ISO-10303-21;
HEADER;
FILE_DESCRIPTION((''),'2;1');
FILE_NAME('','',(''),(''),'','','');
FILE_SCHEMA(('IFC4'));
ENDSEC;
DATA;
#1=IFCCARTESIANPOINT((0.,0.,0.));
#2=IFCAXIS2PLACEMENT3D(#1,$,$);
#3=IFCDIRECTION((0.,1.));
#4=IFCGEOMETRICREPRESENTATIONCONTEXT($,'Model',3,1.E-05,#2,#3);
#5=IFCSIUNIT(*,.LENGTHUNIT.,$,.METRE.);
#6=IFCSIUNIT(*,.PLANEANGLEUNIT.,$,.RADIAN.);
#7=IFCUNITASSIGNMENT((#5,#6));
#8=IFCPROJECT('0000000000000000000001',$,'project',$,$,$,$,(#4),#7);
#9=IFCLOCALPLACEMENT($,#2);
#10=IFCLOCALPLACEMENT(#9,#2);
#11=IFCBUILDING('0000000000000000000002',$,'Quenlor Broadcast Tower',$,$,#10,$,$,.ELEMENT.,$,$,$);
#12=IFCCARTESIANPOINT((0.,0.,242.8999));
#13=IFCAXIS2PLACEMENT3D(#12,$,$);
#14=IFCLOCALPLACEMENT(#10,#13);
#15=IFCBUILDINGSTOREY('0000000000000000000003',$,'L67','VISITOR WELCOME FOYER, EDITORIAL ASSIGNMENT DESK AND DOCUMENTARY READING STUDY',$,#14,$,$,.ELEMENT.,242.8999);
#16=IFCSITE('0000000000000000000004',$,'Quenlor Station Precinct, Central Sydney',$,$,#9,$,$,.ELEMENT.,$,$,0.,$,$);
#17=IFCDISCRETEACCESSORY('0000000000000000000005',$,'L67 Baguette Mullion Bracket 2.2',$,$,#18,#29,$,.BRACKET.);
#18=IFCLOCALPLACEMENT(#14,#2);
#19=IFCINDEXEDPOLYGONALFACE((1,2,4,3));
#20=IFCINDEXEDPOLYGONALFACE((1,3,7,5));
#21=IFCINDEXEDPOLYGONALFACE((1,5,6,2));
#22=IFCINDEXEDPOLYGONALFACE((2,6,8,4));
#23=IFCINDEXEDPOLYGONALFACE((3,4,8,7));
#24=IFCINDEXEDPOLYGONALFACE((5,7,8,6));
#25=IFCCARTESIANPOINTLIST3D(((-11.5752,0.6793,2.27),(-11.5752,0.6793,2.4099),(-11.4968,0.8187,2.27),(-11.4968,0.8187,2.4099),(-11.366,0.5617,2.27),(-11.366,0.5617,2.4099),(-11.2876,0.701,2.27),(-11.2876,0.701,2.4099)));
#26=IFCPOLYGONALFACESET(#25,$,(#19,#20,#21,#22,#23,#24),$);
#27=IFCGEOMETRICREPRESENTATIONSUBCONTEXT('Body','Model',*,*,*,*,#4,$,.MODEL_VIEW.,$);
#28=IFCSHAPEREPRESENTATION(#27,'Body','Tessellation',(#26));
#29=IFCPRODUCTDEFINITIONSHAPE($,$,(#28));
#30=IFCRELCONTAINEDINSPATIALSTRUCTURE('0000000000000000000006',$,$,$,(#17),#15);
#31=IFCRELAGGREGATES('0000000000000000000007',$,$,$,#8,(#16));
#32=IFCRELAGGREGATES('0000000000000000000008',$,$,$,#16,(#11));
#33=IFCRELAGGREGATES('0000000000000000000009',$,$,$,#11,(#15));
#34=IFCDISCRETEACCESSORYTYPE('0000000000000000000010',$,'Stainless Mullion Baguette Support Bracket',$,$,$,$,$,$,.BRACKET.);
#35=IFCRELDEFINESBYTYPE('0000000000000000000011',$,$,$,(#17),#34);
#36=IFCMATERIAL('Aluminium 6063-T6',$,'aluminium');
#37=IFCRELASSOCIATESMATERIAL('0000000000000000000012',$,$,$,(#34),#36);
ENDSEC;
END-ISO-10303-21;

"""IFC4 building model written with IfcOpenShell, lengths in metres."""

from ifc_helpers import new_model, si_unit, direction, frame, origin, origin_2d, place, context, subcontext, project, spatial, rectangle, extrude, material, type_object, element, save


model = new_model("IFC4")

# Units and contexts
model_context = context("Model", 3, precision=1e-05, world=origin(), true_north=direction((0.0, 1.0)))
body_context = subcontext(model_context, "Body", "Model", "MODEL_VIEW")
ifc_project = project(units=[si_unit("LENGTHUNIT", "METRE"), si_unit("PLANEANGLEUNIT", "RADIAN")], contexts=[model_context])

# Site, building, storey
site_placement = place(None, origin())
site = spatial("IfcSite", under=ifc_project, at=site_placement, Name="Quenlor Station Precinct, Central Sydney", CompositionType="ELEMENT", RefElevation=0.0)
building_placement = place(site_placement, origin())
building = spatial("IfcBuilding", under=site, at=building_placement, Name="Quenlor Broadcast Tower", CompositionType="ELEMENT")
storey_placement = place(building_placement, frame((0.0, 0.0, 242.8999)))
storey = spatial("IfcBuildingStorey", under=building, at=storey_placement, Name="L67", Description="VISITOR WELCOME FOYER, EDITORIAL ASSIGNMENT DESK AND DOCUMENTARY READING STUDY", CompositionType="ELEMENT", Elevation=242.8999)

# Discrete accessory
ifc_material_1 = material(Name="Aluminium 6063-T6", Category="aluminium")
discrete_accessory_type = type_object("IfcDiscreteAccessoryType", Name="Stainless Mullion Baguette Support Bracket", PredefinedType="BRACKET", material=ifc_material_1)
for number, where, z_axis, x_axis, name in (
    (1, (-11.4314, 0.6902, 2.27), (0.0, 0.0, 1.0), (0.490262, 0.871575, 0.0), "L67 Baguette Mullion Bracket 2.2"),
):
    element("IfcDiscreteAccessory", number, at=place(storey_placement, frame(where, z_axis=z_axis, x_axis=x_axis)), inside=storey, type_object=discrete_accessory_type, Name=name, PredefinedType="BRACKET", context=body_context, shape_type="SweptSolid", body=[
        extrude(rectangle(XDim=0.1599, YDim=0.24, at=origin_2d()), origin(), (0.0, 0.0, 1.0), 0.1399),
    ])

save(model, "model.ifc")
